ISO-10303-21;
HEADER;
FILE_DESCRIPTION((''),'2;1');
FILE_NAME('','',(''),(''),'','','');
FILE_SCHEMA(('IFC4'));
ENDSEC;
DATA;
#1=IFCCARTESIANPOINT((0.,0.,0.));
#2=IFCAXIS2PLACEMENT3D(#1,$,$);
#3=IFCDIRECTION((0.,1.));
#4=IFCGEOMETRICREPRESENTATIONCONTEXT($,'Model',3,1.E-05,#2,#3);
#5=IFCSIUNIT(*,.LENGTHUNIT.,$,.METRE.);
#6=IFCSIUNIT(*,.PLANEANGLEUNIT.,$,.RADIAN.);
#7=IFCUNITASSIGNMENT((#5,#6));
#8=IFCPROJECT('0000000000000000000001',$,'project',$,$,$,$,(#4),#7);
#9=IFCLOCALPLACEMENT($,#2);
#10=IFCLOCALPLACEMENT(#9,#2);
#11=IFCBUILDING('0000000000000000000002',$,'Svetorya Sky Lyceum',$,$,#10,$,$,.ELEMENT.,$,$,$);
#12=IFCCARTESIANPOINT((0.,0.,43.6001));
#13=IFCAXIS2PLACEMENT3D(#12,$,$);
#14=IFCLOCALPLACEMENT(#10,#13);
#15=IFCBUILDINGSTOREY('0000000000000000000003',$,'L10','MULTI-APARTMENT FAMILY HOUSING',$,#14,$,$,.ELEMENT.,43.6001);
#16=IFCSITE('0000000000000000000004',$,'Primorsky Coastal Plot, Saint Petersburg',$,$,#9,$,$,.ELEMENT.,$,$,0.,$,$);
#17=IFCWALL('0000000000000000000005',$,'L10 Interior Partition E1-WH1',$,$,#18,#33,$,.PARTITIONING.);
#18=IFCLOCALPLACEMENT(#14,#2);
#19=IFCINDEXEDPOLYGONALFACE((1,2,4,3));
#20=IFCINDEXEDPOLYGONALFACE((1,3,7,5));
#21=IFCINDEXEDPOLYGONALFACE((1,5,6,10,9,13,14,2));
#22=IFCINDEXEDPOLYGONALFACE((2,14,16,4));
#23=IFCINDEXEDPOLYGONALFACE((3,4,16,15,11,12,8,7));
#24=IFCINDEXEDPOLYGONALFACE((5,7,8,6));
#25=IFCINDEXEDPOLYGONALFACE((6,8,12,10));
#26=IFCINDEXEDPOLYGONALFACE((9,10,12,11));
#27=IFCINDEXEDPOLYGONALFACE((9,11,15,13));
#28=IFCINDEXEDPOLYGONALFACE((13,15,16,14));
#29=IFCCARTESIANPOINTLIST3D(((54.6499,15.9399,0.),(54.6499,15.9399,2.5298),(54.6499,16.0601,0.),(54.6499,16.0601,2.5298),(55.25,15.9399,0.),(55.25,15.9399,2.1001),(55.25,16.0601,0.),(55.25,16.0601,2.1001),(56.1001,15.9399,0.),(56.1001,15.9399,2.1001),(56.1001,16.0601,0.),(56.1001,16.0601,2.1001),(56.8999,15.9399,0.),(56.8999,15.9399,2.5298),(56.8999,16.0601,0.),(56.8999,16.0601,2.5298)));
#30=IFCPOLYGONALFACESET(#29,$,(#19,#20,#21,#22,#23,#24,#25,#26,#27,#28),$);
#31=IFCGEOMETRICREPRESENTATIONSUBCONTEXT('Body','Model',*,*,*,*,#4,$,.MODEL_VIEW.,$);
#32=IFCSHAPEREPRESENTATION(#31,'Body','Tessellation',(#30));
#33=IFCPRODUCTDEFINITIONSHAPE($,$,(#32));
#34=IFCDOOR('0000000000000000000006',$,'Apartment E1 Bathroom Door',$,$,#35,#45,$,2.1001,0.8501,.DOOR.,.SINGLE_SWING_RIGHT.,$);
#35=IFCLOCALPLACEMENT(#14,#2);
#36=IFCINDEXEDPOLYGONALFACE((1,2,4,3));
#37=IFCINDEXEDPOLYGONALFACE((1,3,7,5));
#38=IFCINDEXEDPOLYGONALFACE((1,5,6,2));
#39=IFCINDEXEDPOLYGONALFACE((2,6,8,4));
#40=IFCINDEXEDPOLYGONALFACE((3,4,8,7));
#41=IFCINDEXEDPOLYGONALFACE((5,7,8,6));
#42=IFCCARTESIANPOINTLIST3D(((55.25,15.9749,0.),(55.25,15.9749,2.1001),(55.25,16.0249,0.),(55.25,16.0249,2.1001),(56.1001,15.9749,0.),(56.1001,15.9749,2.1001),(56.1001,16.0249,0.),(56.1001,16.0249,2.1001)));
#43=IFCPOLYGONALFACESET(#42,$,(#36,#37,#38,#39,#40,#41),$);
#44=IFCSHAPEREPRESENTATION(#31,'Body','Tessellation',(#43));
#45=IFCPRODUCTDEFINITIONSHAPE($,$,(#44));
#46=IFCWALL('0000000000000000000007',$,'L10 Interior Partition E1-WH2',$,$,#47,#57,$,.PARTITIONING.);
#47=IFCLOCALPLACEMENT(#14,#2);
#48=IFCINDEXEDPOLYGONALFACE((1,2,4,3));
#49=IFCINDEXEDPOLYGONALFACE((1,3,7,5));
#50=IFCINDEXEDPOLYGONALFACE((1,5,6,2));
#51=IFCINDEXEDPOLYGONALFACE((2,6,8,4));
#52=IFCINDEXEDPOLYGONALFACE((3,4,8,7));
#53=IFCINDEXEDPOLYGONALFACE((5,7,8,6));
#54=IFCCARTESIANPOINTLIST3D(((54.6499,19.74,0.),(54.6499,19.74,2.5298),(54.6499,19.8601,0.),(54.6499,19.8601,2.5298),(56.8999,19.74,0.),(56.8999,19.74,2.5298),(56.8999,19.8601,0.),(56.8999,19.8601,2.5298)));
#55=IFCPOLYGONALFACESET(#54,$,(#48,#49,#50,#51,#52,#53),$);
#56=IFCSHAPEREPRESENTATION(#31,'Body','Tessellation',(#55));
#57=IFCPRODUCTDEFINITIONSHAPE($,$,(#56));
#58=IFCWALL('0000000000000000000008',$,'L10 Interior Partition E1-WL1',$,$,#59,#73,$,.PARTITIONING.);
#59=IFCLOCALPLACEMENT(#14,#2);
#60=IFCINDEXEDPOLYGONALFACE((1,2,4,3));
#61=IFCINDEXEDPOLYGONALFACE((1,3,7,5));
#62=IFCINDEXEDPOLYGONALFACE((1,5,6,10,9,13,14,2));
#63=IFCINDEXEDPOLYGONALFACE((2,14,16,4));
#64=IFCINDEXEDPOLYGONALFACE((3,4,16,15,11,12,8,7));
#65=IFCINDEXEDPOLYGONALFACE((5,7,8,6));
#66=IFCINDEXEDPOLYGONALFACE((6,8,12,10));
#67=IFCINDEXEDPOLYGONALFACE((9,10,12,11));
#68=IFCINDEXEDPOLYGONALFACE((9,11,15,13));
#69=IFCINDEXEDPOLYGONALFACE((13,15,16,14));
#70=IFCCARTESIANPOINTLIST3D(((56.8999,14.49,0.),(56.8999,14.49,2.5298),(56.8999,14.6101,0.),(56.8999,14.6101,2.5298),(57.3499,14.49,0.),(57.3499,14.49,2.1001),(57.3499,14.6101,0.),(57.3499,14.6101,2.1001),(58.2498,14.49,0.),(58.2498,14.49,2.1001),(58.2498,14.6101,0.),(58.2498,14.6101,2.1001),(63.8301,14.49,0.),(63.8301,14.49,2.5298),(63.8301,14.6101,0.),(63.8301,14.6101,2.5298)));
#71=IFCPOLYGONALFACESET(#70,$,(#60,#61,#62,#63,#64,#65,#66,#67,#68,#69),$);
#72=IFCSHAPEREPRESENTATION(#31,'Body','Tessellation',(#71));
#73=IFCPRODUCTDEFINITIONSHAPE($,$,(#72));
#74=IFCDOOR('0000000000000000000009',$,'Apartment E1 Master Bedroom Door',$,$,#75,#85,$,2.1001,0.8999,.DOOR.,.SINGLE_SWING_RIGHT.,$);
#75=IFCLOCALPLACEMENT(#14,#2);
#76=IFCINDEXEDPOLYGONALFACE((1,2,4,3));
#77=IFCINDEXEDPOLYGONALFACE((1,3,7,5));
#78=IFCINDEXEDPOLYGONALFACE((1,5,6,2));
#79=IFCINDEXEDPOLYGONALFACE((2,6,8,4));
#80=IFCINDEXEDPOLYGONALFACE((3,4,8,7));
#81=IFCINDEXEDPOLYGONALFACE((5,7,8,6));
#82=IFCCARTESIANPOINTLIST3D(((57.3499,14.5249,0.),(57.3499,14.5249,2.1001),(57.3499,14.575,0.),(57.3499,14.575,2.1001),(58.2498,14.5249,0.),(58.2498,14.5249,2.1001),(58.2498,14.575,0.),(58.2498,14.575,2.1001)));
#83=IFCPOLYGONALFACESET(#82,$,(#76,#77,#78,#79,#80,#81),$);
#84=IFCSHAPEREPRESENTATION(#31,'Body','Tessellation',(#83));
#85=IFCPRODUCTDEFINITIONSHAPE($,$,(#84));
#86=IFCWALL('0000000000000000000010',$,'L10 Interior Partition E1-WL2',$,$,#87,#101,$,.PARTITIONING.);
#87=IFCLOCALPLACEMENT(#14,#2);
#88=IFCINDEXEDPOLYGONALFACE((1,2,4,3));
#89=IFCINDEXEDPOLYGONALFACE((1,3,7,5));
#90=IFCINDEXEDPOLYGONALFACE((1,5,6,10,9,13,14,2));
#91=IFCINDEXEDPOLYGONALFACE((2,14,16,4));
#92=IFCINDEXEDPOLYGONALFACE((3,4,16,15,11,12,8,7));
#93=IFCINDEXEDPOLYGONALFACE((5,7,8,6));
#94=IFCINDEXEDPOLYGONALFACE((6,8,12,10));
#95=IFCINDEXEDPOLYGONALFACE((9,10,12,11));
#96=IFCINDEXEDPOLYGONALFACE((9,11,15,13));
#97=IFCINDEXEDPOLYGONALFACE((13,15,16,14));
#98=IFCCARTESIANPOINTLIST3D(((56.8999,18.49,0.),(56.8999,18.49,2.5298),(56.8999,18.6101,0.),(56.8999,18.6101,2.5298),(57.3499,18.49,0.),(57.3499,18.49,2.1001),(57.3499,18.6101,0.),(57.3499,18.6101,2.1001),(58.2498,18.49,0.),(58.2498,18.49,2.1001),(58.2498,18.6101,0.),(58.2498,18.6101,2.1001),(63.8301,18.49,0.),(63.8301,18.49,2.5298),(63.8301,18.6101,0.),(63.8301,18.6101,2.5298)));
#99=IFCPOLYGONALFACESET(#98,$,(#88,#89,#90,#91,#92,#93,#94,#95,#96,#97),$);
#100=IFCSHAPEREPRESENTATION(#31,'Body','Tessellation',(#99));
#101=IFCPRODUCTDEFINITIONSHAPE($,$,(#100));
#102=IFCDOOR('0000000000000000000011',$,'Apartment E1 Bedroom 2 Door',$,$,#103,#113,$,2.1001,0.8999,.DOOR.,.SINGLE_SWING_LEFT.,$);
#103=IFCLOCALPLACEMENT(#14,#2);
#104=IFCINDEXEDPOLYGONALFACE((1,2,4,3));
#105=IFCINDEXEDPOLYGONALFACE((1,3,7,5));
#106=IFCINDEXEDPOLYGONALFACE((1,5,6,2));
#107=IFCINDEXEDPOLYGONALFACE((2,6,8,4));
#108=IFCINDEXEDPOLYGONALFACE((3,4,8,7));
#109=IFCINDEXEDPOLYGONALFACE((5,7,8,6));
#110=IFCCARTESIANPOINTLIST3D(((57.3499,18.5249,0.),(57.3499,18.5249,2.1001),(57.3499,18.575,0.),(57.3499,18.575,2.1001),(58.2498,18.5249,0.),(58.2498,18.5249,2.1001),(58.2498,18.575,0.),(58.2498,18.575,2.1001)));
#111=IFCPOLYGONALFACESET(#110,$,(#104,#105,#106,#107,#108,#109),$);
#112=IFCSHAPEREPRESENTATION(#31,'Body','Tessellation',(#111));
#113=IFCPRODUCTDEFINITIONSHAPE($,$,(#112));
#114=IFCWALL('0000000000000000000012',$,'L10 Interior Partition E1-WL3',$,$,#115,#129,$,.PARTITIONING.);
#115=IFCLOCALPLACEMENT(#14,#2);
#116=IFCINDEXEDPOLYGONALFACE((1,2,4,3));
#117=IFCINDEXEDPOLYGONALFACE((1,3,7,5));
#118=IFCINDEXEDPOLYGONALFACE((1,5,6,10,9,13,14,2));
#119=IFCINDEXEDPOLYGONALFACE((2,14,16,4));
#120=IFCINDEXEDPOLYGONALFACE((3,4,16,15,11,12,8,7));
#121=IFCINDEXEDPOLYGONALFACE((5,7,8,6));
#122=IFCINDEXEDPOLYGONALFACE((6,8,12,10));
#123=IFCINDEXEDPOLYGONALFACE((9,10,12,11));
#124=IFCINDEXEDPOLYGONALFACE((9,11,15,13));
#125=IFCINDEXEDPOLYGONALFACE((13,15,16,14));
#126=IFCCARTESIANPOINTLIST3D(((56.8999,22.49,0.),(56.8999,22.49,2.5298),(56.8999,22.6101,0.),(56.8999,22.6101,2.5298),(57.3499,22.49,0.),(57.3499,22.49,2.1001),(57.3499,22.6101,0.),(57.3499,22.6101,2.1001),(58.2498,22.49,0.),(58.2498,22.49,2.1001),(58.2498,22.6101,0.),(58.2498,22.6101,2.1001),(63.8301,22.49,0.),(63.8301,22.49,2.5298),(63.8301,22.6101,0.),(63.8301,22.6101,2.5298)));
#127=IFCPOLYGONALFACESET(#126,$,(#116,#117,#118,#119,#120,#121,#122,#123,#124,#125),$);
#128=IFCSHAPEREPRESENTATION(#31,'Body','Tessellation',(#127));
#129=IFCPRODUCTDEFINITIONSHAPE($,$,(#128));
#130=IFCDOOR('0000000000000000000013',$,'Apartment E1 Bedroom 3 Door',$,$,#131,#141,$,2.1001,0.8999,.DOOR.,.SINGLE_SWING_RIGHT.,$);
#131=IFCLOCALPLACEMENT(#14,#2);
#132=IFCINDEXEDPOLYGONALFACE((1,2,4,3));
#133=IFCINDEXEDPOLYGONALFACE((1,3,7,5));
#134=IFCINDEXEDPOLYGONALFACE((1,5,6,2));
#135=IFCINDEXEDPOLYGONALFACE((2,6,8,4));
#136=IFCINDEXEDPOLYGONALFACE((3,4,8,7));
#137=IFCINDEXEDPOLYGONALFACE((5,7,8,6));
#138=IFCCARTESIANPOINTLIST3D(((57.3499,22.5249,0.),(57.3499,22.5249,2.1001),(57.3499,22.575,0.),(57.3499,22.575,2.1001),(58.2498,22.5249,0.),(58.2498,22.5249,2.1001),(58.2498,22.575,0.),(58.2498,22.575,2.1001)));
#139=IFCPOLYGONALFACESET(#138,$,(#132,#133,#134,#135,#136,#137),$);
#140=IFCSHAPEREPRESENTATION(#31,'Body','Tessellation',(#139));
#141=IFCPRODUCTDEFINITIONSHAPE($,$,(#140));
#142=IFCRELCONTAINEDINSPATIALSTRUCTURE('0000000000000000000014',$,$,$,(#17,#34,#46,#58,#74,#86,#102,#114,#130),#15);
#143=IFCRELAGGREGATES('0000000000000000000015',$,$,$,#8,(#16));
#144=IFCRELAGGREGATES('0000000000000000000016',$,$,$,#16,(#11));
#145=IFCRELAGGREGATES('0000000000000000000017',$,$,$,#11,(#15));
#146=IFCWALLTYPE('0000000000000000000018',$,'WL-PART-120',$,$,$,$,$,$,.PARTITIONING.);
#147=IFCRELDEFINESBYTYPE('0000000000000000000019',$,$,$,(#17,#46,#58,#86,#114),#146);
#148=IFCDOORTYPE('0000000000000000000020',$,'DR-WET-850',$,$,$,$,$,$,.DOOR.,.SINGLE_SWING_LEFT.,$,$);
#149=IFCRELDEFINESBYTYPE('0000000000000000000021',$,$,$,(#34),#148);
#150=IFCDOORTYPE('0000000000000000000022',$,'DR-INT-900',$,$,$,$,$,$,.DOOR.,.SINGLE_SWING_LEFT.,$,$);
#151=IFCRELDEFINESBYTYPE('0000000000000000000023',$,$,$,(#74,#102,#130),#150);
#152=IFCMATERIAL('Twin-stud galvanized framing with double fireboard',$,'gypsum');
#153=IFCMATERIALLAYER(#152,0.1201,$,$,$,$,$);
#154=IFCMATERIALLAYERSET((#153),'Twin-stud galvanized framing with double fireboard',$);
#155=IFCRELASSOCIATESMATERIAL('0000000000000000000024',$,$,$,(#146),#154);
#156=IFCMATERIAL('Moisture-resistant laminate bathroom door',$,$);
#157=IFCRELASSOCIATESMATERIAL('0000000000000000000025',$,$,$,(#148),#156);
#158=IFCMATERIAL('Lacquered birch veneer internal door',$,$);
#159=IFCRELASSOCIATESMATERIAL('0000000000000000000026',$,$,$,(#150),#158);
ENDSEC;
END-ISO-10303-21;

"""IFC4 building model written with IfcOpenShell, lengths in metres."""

from ifc_helpers import new_model, si_unit, direction, frame, frame_2d, origin, place, context, subcontext, project, spatial, rectangle, extrude, material, layer, layer_set, type_object, element, fill, save


model = new_model("IFC4")

# Units and contexts
model_context = context("Model", 3, precision=1e-05, world=origin(), true_north=direction((0.0, 1.0)))
body_context = subcontext(model_context, "Body", "Model", "MODEL_VIEW")
ifc_project = project(units=[si_unit("LENGTHUNIT", "METRE"), si_unit("PLANEANGLEUNIT", "RADIAN")], contexts=[model_context])

# Site, building, storey
site_placement = place(None, origin())
site = spatial("IfcSite", under=ifc_project, at=site_placement, Name="Primorsky Coastal Plot, Saint Petersburg", CompositionType="ELEMENT", RefElevation=0.0)
building_placement = place(site_placement, origin())
building = spatial("IfcBuilding", under=site, at=building_placement, Name="Svetorya Sky Lyceum", CompositionType="ELEMENT")
storey_placement = place(building_placement, frame((0.0, 0.0, 43.6001)))
storey = spatial("IfcBuildingStorey", under=building, at=storey_placement, Name="L10", Description="MULTI-APARTMENT FAMILY HOUSING", CompositionType="ELEMENT", Elevation=43.6001)

# Wall, opening, door
ifc_material_1 = material(Name="Twin-stud galvanized framing with double fireboard", Category="gypsum")
ifc_layer_1 = layer(ifc_material_1, 0.1201)
ifc_layer_set_1 = layer_set([ifc_layer_1], Name="Twin-stud galvanized framing with double fireboard")
wall_type_1 = type_object("IfcWallType", Name="WL-PART-120", PredefinedType="PARTITIONING", material=ifc_layer_set_1)
wall_1_placement = place(storey_placement, frame((54.6499, 16.0, 0.0), z_axis=(0.0, 0.0, 1.0), x_axis=(1.0, 0.0, 0.0)))
wall_1 = element("IfcWall", 1, at=wall_1_placement, inside=storey, type_object=wall_type_1, Name="L10 Interior Partition E1-WH1", PredefinedType="PARTITIONING", context=body_context, shape_type="SweptSolid", body=[
    extrude(rectangle(XDim=2.25, YDim=0.1201, at=frame_2d((1.125, 0.0))), origin(), (0.0, 0.0, 1.0), 2.5298),
])
opening_1_placement = place(wall_1_placement, frame((0.6001, 0.0, 0.0)))
opening_1 = element("IfcOpeningElement", 2, at=opening_1_placement, cuts=wall_1, PredefinedType="OPENING", context=body_context, shape_type="SweptSolid", body=[
    extrude(rectangle(XDim=0.8501, YDim=2.1001, at=frame_2d((0.425, 1.05))), frame((0.0, 0.0701, 0.0), z_axis=(0.0, -1.0, 0.0), x_axis=(1.0, 0.0, 0.0)), (0.0, 0.0, 1.0), 0.1401),
])
ifc_material_2 = material(Name="Moisture-resistant laminate bathroom door")
door_type_1 = type_object("IfcDoorType", Name="DR-WET-850", OperationType="SINGLE_SWING_LEFT", PredefinedType="DOOR", material=ifc_material_2)
door_1_placement = place(opening_1_placement, origin())
door_1 = element("IfcDoor", 3, at=door_1_placement, inside=storey, type_object=door_type_1, Name="Apartment E1 Bathroom Door", OperationType="SINGLE_SWING_RIGHT", OverallHeight=2.1001, OverallWidth=0.8501, PredefinedType="DOOR", context=body_context, shape_type="SweptSolid", body=[
    extrude(rectangle(XDim=0.8501, YDim=2.1001, at=frame_2d((0.425, 1.05))), frame((0.0, 0.0249, 0.0), z_axis=(0.0, -1.0, 0.0), x_axis=(1.0, 0.0, 0.0)), (0.0, 0.0, 1.0), 0.05),
])
fill(opening_1, door_1)

# Wall
wall_2_placement = place(storey_placement, frame((54.6499, 19.8, 0.0), z_axis=(0.0, 0.0, 1.0), x_axis=(1.0, 0.0, 0.0)))
element("IfcWall", 4, at=wall_2_placement, inside=storey, type_object=wall_type_1, Name="L10 Interior Partition E1-WH2", PredefinedType="PARTITIONING", context=body_context, shape_type="SweptSolid", body=[
    extrude(rectangle(XDim=2.25, YDim=0.1201, at=frame_2d((1.125, 0.0))), origin(), (0.0, 0.0, 1.0), 2.5298),
])

# Walls, openings, doors
wall_3_placement = place(storey_placement, frame((56.8999, 14.55, 0.0), z_axis=(0.0, 0.0, 1.0), x_axis=(1.0, 0.0, 0.0)))
wall_3 = element("IfcWall", 5, at=wall_3_placement, inside=storey, type_object=wall_type_1, Name="L10 Interior Partition E1-WL1", PredefinedType="PARTITIONING", context=body_context, shape_type="SweptSolid", body=[
    extrude(rectangle(XDim=6.9302, YDim=0.1201, at=frame_2d((3.4651, 0.0))), origin(), (0.0, 0.0, 1.0), 2.5298),
])
opening_2_placement = place(wall_3_placement, frame((0.45, 0.0, 0.0)))
opening_2 = element("IfcOpeningElement", 6, at=opening_2_placement, cuts=wall_3, PredefinedType="OPENING", context=body_context, shape_type="SweptSolid", body=[
    extrude(rectangle(XDim=0.8999, YDim=2.1001, at=frame_2d((0.45, 1.05))), frame((0.0, 0.0701, 0.0), z_axis=(0.0, -1.0, 0.0), x_axis=(1.0, 0.0, 0.0)), (0.0, 0.0, 1.0), 0.1401),
])
ifc_material_3 = material(Name="Lacquered birch veneer internal door")
door_type_2 = type_object("IfcDoorType", Name="DR-INT-900", OperationType="SINGLE_SWING_LEFT", PredefinedType="DOOR", material=ifc_material_3)
door_2_placement = place(opening_2_placement, origin())
door_2 = element("IfcDoor", 7, at=door_2_placement, inside=storey, type_object=door_type_2, Name="Apartment E1 Master Bedroom Door", OperationType="SINGLE_SWING_RIGHT", OverallHeight=2.1001, OverallWidth=0.8999, PredefinedType="DOOR", context=body_context, shape_type="SweptSolid", body=[
    extrude(rectangle(XDim=0.8999, YDim=2.1001, at=frame_2d((0.45, 1.05))), frame((0.0, 0.0249, 0.0), z_axis=(0.0, -1.0, 0.0), x_axis=(1.0, 0.0, 0.0)), (0.0, 0.0, 1.0), 0.05),
])
fill(opening_2, door_2)
wall_4_placement = place(storey_placement, frame((56.8999, 18.55, 0.0), z_axis=(0.0, 0.0, 1.0), x_axis=(1.0, 0.0, 0.0)))
wall_4 = element("IfcWall", 8, at=wall_4_placement, inside=storey, type_object=wall_type_1, Name="L10 Interior Partition E1-WL2", PredefinedType="PARTITIONING", context=body_context, shape_type="SweptSolid", body=[
    extrude(rectangle(XDim=6.9302, YDim=0.1201, at=frame_2d((3.4651, 0.0))), origin(), (0.0, 0.0, 1.0), 2.5298),
])
opening_3_placement = place(wall_4_placement, frame((0.45, 0.0, 0.0)))
opening_3 = element("IfcOpeningElement", 9, at=opening_3_placement, cuts=wall_4, PredefinedType="OPENING", context=body_context, shape_type="SweptSolid", body=[
    extrude(rectangle(XDim=0.8999, YDim=2.1001, at=frame_2d((0.45, 1.05))), frame((0.0, 0.0701, 0.0), z_axis=(0.0, -1.0, 0.0), x_axis=(1.0, 0.0, 0.0)), (0.0, 0.0, 1.0), 0.1401),
])
door_3_placement = place(opening_3_placement, origin())
door_3 = element("IfcDoor", 10, at=door_3_placement, inside=storey, type_object=door_type_2, Name="Apartment E1 Bedroom 2 Door", OperationType="SINGLE_SWING_LEFT", OverallHeight=2.1001, OverallWidth=0.8999, PredefinedType="DOOR", context=body_context, shape_type="SweptSolid", body=[
    extrude(rectangle(XDim=0.8999, YDim=2.1001, at=frame_2d((0.45, 1.05))), frame((0.0, 0.0249, 0.0), z_axis=(0.0, -1.0, 0.0), x_axis=(1.0, 0.0, 0.0)), (0.0, 0.0, 1.0), 0.05),
])
fill(opening_3, door_3)
wall_5_placement = place(storey_placement, frame((56.8999, 22.55, 0.0), z_axis=(0.0, 0.0, 1.0), x_axis=(1.0, 0.0, 0.0)))
wall_5 = element("IfcWall", 11, at=wall_5_placement, inside=storey, type_object=wall_type_1, Name="L10 Interior Partition E1-WL3", PredefinedType="PARTITIONING", context=body_context, shape_type="SweptSolid", body=[
    extrude(rectangle(XDim=6.9302, YDim=0.1201, at=frame_2d((3.4651, 0.0))), origin(), (0.0, 0.0, 1.0), 2.5298),
])
opening_4_placement = place(wall_5_placement, frame((0.45, 0.0, 0.0)))
opening_4 = element("IfcOpeningElement", 12, at=opening_4_placement, cuts=wall_5, PredefinedType="OPENING", context=body_context, shape_type="SweptSolid", body=[
    extrude(rectangle(XDim=0.8999, YDim=2.1001, at=frame_2d((0.45, 1.05))), frame((0.0, 0.0701, 0.0), z_axis=(0.0, -1.0, 0.0), x_axis=(1.0, 0.0, 0.0)), (0.0, 0.0, 1.0), 0.1401),
])
door_4_placement = place(opening_4_placement, origin())
door_4 = element("IfcDoor", 13, at=door_4_placement, inside=storey, type_object=door_type_2, Name="Apartment E1 Bedroom 3 Door", OperationType="SINGLE_SWING_RIGHT", OverallHeight=2.1001, OverallWidth=0.8999, PredefinedType="DOOR", context=body_context, shape_type="SweptSolid", body=[
    extrude(rectangle(XDim=0.8999, YDim=2.1001, at=frame_2d((0.45, 1.05))), frame((0.0, 0.0249, 0.0), z_axis=(0.0, -1.0, 0.0), x_axis=(1.0, 0.0, 0.0)), (0.0, 0.0, 1.0), 0.05),
])
fill(opening_4, door_4)

save(model, "model.ifc")
